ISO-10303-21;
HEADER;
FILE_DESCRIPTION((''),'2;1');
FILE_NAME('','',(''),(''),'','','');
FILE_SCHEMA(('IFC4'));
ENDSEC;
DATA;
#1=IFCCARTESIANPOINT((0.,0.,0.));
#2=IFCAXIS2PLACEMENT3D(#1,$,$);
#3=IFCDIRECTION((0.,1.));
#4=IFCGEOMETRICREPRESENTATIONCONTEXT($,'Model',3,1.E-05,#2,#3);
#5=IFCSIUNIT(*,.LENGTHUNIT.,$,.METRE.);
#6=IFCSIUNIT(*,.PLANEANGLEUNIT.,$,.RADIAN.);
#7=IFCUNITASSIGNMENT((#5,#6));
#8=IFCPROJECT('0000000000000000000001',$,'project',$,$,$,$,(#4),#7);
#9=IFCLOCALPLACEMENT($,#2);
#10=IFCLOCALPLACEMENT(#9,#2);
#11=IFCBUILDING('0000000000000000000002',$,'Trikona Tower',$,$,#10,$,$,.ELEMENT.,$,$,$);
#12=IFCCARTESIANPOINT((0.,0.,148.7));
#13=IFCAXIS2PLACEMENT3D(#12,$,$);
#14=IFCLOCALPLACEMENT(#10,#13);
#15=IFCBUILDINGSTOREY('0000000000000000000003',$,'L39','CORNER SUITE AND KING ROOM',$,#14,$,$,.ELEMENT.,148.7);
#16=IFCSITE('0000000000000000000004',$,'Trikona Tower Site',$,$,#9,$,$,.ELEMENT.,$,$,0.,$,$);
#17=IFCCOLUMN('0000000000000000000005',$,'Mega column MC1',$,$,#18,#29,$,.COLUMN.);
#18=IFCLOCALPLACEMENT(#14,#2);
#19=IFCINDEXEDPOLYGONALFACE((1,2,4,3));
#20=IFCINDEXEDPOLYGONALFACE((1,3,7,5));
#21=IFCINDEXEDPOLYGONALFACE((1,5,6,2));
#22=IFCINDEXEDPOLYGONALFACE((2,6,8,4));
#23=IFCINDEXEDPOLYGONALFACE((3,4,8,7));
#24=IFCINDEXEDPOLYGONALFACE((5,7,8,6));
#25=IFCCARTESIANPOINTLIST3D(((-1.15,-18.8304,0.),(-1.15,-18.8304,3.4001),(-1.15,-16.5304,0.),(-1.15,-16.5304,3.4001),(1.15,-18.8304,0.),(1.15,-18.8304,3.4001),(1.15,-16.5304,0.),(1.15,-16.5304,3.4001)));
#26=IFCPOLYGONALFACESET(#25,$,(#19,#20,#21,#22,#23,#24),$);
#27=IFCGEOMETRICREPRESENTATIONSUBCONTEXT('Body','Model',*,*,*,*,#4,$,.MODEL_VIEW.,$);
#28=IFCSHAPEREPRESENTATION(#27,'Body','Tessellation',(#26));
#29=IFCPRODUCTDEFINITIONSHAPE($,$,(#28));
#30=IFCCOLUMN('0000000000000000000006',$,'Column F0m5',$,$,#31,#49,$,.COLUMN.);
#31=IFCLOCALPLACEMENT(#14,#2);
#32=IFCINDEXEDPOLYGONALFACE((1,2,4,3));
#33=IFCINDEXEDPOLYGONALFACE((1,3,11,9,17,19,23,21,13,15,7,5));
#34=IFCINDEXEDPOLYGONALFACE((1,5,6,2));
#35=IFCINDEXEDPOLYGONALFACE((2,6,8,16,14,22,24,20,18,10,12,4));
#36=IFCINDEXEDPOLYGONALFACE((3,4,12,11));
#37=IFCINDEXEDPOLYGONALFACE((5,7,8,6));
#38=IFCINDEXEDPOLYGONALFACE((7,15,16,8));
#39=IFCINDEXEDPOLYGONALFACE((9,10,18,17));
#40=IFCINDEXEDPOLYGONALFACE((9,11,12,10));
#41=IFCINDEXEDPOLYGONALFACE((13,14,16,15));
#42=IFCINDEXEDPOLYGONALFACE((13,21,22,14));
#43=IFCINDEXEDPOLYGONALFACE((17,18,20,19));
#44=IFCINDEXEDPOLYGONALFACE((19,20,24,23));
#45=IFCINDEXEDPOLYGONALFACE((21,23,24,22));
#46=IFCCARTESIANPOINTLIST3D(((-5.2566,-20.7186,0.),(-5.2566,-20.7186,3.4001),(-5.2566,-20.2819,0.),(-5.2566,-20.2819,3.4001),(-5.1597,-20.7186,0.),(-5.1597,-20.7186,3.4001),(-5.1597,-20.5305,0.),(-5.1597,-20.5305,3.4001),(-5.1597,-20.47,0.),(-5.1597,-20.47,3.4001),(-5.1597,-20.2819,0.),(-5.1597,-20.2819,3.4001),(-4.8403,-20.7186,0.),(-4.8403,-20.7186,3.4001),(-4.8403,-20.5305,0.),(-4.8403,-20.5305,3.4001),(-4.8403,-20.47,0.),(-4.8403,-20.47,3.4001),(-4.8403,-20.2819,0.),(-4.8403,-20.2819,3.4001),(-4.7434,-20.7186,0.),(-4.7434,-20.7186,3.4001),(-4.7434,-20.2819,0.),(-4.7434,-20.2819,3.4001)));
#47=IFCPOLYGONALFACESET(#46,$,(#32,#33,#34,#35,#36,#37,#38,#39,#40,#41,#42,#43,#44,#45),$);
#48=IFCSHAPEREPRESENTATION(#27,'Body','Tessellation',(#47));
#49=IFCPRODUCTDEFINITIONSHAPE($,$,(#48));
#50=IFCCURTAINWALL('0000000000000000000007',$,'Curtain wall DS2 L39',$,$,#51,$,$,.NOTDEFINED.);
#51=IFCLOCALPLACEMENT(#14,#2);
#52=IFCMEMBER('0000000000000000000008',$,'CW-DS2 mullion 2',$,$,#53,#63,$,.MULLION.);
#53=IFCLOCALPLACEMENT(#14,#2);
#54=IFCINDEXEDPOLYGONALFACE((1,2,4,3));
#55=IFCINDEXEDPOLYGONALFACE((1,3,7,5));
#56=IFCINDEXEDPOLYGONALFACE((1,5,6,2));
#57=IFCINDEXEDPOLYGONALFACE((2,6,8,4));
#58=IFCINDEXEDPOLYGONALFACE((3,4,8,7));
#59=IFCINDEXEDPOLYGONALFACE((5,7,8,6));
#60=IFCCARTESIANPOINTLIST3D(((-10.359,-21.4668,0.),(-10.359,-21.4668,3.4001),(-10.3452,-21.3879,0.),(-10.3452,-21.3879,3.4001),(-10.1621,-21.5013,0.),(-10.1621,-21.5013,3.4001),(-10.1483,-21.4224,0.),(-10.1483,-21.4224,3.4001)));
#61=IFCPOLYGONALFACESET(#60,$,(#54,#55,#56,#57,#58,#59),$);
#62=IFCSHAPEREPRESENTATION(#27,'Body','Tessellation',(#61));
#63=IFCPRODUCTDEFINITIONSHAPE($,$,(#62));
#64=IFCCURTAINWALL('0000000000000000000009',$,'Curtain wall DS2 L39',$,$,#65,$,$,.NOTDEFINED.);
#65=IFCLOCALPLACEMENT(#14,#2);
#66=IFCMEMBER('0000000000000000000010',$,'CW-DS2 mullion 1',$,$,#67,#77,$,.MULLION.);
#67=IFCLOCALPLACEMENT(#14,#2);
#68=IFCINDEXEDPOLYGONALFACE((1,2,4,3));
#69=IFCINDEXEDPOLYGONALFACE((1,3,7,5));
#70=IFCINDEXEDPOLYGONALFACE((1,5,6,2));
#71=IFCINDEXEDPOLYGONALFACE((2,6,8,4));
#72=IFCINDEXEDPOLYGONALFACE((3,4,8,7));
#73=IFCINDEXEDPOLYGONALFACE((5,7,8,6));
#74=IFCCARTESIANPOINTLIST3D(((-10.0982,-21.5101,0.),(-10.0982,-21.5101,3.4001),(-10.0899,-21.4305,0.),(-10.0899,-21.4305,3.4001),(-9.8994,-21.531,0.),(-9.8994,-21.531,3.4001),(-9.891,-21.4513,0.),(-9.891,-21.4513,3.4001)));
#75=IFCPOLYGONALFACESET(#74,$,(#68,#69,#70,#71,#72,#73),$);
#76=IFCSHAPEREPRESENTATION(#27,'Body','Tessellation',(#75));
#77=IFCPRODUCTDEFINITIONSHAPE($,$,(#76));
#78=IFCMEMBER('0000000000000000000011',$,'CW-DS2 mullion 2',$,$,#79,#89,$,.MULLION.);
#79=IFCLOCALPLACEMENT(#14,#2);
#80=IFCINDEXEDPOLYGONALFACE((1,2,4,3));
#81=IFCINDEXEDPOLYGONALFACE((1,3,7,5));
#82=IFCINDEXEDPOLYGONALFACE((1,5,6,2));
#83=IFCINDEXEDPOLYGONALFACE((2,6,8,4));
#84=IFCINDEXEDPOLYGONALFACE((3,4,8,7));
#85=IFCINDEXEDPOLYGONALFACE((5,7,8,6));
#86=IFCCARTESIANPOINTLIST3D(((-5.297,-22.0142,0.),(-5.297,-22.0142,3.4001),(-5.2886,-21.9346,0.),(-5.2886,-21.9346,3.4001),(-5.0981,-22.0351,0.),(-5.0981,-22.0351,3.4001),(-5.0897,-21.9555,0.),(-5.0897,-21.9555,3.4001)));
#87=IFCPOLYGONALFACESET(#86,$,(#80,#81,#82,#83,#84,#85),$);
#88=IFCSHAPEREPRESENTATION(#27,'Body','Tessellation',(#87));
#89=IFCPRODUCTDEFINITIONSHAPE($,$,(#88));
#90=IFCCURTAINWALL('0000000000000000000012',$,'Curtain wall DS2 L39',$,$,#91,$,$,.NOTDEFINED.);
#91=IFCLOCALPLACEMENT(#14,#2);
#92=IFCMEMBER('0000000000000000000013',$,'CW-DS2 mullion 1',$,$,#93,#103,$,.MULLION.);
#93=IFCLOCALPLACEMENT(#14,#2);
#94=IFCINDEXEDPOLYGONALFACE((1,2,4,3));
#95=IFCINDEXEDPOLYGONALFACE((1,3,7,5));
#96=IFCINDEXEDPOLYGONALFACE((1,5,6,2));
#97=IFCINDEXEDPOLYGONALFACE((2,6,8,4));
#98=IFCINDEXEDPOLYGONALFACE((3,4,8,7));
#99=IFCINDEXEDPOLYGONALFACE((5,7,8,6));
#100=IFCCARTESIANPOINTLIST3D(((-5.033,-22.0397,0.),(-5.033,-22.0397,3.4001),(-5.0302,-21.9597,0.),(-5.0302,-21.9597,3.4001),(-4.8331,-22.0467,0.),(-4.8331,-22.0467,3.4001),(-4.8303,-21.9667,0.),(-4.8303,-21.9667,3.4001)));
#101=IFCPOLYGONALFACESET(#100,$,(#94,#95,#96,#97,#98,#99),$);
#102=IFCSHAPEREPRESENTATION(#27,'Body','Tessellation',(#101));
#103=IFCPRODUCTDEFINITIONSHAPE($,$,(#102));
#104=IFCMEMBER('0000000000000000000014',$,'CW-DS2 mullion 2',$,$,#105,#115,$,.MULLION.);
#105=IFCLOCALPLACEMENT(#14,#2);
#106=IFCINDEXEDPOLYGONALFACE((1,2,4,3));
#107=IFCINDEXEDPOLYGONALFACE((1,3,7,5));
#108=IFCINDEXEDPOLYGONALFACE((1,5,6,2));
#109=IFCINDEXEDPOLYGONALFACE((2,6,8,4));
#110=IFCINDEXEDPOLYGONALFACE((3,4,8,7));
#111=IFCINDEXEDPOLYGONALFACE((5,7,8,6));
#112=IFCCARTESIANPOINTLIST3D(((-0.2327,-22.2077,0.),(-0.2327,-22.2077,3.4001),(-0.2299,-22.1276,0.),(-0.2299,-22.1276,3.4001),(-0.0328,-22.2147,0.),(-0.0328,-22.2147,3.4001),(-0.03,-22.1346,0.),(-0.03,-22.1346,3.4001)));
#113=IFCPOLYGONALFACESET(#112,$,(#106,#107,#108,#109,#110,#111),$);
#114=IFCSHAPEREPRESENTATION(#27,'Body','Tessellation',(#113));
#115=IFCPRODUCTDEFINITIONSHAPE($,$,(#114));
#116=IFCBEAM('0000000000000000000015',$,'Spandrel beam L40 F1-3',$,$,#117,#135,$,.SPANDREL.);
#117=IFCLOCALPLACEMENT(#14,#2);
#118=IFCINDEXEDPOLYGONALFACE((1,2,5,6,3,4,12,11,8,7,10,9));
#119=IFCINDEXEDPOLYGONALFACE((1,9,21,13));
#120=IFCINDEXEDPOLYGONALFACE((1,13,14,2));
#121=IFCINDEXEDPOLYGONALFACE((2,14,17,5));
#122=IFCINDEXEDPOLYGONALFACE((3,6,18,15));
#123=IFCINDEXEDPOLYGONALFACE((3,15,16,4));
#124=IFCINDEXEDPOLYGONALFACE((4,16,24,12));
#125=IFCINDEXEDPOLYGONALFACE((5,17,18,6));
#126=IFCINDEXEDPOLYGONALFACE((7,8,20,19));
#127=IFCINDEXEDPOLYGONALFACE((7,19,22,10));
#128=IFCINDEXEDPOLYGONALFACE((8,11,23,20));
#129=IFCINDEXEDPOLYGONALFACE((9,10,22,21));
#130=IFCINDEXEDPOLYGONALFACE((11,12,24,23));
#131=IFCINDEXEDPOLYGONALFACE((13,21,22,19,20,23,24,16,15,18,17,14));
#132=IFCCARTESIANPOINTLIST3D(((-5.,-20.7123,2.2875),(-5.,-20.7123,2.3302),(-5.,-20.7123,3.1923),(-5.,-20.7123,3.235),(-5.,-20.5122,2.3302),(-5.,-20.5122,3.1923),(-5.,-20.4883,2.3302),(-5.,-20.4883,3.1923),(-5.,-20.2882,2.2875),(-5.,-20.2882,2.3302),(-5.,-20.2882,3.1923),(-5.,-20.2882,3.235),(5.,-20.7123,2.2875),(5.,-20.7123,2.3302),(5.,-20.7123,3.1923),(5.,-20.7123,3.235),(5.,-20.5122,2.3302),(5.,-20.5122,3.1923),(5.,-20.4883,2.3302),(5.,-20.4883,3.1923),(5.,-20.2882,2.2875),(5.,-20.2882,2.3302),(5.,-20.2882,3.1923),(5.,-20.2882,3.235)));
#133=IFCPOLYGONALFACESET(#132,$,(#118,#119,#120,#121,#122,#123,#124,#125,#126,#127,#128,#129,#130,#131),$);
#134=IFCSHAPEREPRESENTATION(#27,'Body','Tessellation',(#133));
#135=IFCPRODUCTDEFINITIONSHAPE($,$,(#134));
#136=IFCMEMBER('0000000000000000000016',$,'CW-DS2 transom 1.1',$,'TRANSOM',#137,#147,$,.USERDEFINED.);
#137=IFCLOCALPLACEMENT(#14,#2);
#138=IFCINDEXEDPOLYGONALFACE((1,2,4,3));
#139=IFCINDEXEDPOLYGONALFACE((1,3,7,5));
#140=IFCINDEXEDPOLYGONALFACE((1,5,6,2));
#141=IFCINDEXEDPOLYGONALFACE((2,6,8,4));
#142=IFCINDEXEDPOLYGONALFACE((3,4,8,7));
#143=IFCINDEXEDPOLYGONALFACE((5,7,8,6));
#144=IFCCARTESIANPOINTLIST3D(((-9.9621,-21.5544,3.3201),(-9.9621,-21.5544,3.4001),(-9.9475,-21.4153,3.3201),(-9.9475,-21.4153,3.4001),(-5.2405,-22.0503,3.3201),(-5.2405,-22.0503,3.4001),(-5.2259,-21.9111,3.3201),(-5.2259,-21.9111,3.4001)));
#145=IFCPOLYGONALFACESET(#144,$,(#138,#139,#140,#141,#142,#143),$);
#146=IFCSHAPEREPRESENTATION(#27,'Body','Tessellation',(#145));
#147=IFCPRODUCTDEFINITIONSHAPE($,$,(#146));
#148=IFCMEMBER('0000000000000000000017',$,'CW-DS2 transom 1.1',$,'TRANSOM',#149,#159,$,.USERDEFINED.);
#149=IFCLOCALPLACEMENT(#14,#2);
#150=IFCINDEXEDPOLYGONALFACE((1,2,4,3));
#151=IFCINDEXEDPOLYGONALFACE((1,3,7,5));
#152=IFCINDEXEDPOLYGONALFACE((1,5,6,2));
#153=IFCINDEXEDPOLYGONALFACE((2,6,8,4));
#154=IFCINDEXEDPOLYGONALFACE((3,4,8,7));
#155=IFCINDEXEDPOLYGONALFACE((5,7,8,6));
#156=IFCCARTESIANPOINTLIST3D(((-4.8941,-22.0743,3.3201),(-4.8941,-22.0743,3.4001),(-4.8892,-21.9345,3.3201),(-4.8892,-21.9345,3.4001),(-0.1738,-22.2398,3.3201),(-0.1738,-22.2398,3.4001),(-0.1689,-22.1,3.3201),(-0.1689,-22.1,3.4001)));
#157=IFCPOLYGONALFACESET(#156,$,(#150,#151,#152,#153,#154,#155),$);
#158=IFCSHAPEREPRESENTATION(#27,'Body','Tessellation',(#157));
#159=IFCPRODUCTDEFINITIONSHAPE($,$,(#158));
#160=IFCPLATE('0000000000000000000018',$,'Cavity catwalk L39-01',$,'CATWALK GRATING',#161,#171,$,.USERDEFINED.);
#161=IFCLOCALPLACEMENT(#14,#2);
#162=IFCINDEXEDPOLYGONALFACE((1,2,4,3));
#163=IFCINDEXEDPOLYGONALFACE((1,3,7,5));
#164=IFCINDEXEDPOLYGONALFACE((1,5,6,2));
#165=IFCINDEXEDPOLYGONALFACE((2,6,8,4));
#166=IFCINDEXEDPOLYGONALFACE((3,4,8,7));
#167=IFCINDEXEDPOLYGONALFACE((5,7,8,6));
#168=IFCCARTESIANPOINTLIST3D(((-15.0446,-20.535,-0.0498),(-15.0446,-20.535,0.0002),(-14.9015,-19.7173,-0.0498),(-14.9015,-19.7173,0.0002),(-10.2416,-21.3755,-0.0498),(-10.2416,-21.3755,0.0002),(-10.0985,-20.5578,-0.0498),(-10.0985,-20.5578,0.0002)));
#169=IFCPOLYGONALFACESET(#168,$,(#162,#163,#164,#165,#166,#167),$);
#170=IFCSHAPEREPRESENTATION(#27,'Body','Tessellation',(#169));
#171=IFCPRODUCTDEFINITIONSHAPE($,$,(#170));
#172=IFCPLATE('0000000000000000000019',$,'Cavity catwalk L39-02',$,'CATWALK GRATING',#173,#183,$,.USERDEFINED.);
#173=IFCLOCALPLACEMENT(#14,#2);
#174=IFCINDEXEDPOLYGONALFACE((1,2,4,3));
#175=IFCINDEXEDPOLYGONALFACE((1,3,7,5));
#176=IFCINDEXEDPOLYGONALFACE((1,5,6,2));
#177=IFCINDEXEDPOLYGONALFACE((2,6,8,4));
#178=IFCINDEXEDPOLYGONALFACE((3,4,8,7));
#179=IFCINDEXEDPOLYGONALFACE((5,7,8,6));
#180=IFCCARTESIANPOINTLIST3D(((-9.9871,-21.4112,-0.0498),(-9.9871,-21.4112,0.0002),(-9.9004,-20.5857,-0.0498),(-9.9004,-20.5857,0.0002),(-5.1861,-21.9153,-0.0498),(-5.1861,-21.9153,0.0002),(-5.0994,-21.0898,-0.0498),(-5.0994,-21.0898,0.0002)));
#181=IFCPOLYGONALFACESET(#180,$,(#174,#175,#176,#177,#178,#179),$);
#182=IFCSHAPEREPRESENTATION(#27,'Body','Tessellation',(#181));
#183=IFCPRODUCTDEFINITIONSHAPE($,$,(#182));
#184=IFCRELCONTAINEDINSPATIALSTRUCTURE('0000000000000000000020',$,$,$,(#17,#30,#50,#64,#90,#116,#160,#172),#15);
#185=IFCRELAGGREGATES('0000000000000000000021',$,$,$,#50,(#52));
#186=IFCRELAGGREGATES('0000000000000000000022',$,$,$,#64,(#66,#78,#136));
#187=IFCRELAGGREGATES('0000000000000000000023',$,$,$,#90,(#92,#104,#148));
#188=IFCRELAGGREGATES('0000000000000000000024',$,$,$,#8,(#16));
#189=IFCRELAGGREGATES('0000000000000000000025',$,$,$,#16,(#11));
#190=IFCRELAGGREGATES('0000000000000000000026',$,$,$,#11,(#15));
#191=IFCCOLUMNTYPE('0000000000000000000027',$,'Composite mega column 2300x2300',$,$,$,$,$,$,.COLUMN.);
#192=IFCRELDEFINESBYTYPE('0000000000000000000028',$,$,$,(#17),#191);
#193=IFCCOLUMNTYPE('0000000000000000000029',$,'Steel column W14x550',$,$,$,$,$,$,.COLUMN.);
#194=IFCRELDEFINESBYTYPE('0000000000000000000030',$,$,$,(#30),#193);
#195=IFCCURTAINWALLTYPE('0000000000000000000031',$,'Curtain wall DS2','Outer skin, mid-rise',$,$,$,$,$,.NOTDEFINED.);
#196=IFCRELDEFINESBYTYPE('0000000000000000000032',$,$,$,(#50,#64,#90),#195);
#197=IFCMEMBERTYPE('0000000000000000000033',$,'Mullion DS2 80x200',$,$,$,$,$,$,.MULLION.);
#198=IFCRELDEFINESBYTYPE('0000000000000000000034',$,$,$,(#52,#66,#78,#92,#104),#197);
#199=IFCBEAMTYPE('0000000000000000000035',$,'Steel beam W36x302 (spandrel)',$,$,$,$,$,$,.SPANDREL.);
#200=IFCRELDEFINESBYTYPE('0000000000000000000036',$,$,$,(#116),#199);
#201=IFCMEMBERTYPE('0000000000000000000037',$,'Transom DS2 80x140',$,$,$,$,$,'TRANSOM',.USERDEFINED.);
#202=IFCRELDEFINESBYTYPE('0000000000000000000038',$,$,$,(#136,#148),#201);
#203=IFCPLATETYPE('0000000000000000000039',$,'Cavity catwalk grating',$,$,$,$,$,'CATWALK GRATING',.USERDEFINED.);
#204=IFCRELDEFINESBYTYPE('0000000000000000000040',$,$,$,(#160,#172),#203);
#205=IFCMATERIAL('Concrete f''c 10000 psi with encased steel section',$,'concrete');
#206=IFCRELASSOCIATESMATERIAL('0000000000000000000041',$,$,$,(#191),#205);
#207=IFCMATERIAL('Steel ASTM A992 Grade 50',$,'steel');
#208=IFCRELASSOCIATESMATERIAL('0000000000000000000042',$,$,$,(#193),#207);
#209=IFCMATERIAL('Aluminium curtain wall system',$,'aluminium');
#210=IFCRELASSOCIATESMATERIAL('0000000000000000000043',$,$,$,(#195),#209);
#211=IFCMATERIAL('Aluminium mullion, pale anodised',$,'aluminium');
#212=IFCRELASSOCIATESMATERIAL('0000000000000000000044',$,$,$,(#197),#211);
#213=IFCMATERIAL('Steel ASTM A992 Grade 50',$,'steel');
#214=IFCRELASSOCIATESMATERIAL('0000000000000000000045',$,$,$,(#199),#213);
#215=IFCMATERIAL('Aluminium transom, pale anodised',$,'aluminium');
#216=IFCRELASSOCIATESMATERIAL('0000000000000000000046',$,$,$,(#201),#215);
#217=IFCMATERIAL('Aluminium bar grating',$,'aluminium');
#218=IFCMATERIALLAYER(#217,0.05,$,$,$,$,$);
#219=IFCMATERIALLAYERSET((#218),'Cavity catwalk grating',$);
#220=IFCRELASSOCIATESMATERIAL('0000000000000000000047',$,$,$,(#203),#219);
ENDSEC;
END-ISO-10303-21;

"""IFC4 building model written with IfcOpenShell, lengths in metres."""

from ifc_helpers import new_model, si_unit, direction, frame, origin, origin_2d, place, context, subcontext, project, spatial, rectangle, i_section, extrude, material, layer, layer_set, material_profile, profile_set, type_object, element, aggregate, save


model = new_model("IFC4")

# Units and contexts
model_context = context("Model", 3, precision=1e-05, world=origin(), true_north=direction((0.0, 1.0)))
body_context = subcontext(model_context, "Body", "Model", "MODEL_VIEW")
ifc_project = project(units=[si_unit("LENGTHUNIT", "METRE"), si_unit("PLANEANGLEUNIT", "RADIAN")], contexts=[model_context])

# Site, building, storey
site_placement = place(None, origin())
site = spatial("IfcSite", under=ifc_project, at=site_placement, Name="Trikona Tower Site", CompositionType="ELEMENT", RefElevation=0.0)
building_placement = place(site_placement, origin())
building = spatial("IfcBuilding", under=site, at=building_placement, Name="Trikona Tower", CompositionType="ELEMENT")
storey_placement = place(building_placement, frame((0.0, 0.0, 148.7)))
storey = spatial("IfcBuildingStorey", under=building, at=storey_placement, Name="L39", Description="CORNER SUITE AND KING ROOM", CompositionType="ELEMENT", Elevation=148.7)

# Columns
ifc_material_1 = material(Name="Concrete f'c 10000 psi with encased steel section", Category="concrete")
ifc_material_profile_1 = material_profile(ifc_material_1, rectangle(XDim=2.3, YDim=2.3, at=origin_2d()), Name="MC2300")
ifc_profile_set_1 = profile_set([ifc_material_profile_1], Name="Concrete f'c 10000 psi with encased steel section")
column_type_1 = type_object("IfcColumnType", Name="Composite mega column 2300x2300", PredefinedType="COLUMN", material=ifc_profile_set_1)
column_1_placement = place(storey_placement, frame((0.0, -17.6804, 0.0), z_axis=(0.0, 0.0, 1.0), x_axis=(0.0, -1.0, 0.0)))
element("IfcColumn", 1, at=column_1_placement, inside=storey, type_object=column_type_1, Name="Mega column MC1", PredefinedType="COLUMN", context=body_context, shape_type="SweptSolid", body=[
    extrude(rectangle(XDim=2.3, YDim=2.3, at=origin_2d()), origin(), (0.0, 0.0, 1.0), 3.4001),
])
ifc_material_2 = material(Name="Steel ASTM A992 Grade 50", Category="steel")
ifc_material_profile_2 = material_profile(ifc_material_2, i_section(OverallWidth=0.4368, OverallDepth=0.5132, WebThickness=0.0605, FlangeThickness=0.0969, at=origin_2d()), Name="W14X550")
ifc_profile_set_2 = profile_set([ifc_material_profile_2], Name="Steel ASTM A992 Grade 50")
column_type_2 = type_object("IfcColumnType", Name="Steel column W14x550", PredefinedType="COLUMN", material=ifc_profile_set_2)
column_2_placement = place(storey_placement, frame((-5.0, -20.5002, 0.0), z_axis=(0.0, 0.0, 1.0), x_axis=(0.0, -1.0, 0.0)))
element("IfcColumn", 2, at=column_2_placement, inside=storey, type_object=column_type_2, Name="Column F0m5", PredefinedType="COLUMN", context=body_context, shape_type="SweptSolid", body=[
    extrude(i_section(OverallWidth=0.4368, OverallDepth=0.5132, WebThickness=0.0605, FlangeThickness=0.0969, at=origin_2d()), origin(), (0.0, 0.0, 1.0), 3.4001),
])

# Curtain wall, member
ifc_material_3 = material(Name="Aluminium curtain wall system", Category="aluminium")
curtain_wall_type = type_object("IfcCurtainWallType", Name="Curtain wall DS2", Description="Outer skin, mid-rise", PredefinedType="NOTDEFINED", material=ifc_material_3)
curtain_wall_1_placement = place(storey_placement, origin())
curtain_wall_1 = element("IfcCurtainWall", 3, at=curtain_wall_1_placement, inside=storey, type_object=curtain_wall_type, Name="Curtain wall DS2 L39", PredefinedType="NOTDEFINED")
ifc_material_4 = material(Name="Aluminium mullion, pale anodised", Category="aluminium")
ifc_material_profile_3 = material_profile(ifc_material_4, rectangle(XDim=0.0801, YDim=0.2, at=origin_2d()), Name="MUL-DS2")
ifc_profile_set_3 = profile_set([ifc_material_profile_3], Name="Aluminium mullion, pale anodised")
member_type_1 = type_object("IfcMemberType", Name="Mullion DS2 80x200", PredefinedType="MULLION", material=ifc_profile_set_3)
member_1_placement = place(storey_placement, frame((-10.2537, -21.4446, 0.0), z_axis=(0.0, 0.0, 1.0), x_axis=(0.172377, 0.985031, 0.0)))
member_1 = element("IfcMember", 4, at=member_1_placement, type_object=member_type_1, Name="CW-DS2 mullion 2", PredefinedType="MULLION", context=body_context, shape_type="SweptSolid", body=[
    extrude(rectangle(XDim=0.0801, YDim=0.2, at=origin_2d()), origin(), (0.0, 0.0, 1.0), 3.4001),
])

# Curtain walls, members
curtain_wall_2_placement = place(storey_placement, origin())
curtain_wall_2 = element("IfcCurtainWall", 5, at=curtain_wall_2_placement, inside=storey, type_object=curtain_wall_type, Name="Curtain wall DS2 L39", PredefinedType="NOTDEFINED")
member_2_placement = place(storey_placement, frame((-9.9946, -21.4807, 0.0), z_axis=(0.0, 0.0, 1.0), x_axis=(0.104433, 0.994532, 0.0)))
member_2 = element("IfcMember", 6, at=member_2_placement, type_object=member_type_1, Name="CW-DS2 mullion 1", PredefinedType="MULLION", context=body_context, shape_type="SweptSolid", body=[
    extrude(rectangle(XDim=0.0801, YDim=0.2, at=origin_2d()), origin(), (0.0, 0.0, 1.0), 3.4001),
])
member_3_placement = place(storey_placement, frame((-5.1934, -21.9849, 0.0), z_axis=(0.0, 0.0, 1.0), x_axis=(0.104433, 0.994532, 0.0)))
member_3 = element("IfcMember", 7, at=member_3_placement, type_object=member_type_1, Name="CW-DS2 mullion 2", PredefinedType="MULLION", context=body_context, shape_type="SweptSolid", body=[
    extrude(rectangle(XDim=0.0801, YDim=0.2, at=origin_2d()), origin(), (0.0, 0.0, 1.0), 3.4001),
])
curtain_wall_3_placement = place(storey_placement, origin())
curtain_wall_3 = element("IfcCurtainWall", 8, at=curtain_wall_3_placement, inside=storey, type_object=curtain_wall_type, Name="Curtain wall DS2 L39", PredefinedType="NOTDEFINED")
member_4_placement = place(storey_placement, frame((-4.9316, -22.0032, 0.0), z_axis=(0.0, 0.0, 1.0), x_axis=(0.034998, 0.999387, 0.0)))
member_4 = element("IfcMember", 9, at=member_4_placement, type_object=member_type_1, Name="CW-DS2 mullion 1", PredefinedType="MULLION", context=body_context, shape_type="SweptSolid", body=[
    extrude(rectangle(XDim=0.0801, YDim=0.2, at=origin_2d()), origin(), (0.0, 0.0, 1.0), 3.4001),
])
member_5_placement = place(storey_placement, frame((-0.1313, -22.1711, 0.0), z_axis=(0.0, 0.0, 1.0), x_axis=(0.034998, 0.999387, 0.0)))
member_5 = element("IfcMember", 10, at=member_5_placement, type_object=member_type_1, Name="CW-DS2 mullion 2", PredefinedType="MULLION", context=body_context, shape_type="SweptSolid", body=[
    extrude(rectangle(XDim=0.0801, YDim=0.2, at=origin_2d()), origin(), (0.0, 0.0, 1.0), 3.4001),
])

# Beam
ifc_material_5 = material(Name="Steel ASTM A992 Grade 50", Category="steel")
ifc_material_profile_4 = material_profile(ifc_material_5, i_section(OverallWidth=0.4241, OverallDepth=0.9475, WebThickness=0.0239, FlangeThickness=0.0427, at=origin_2d()), Name="W36X302")
ifc_profile_set_4 = profile_set([ifc_material_profile_4], Name="Steel ASTM A992 Grade 50")
beam_type = type_object("IfcBeamType", Name="Steel beam W36x302 (spandrel)", PredefinedType="SPANDREL", material=ifc_profile_set_4)
beam_placement = place(storey_placement, frame((-5.0, -20.5002, 2.7612), z_axis=(1.0, 0.0, 0.0), x_axis=(0.0, 1.0, 0.0)))
element("IfcBeam", 11, at=beam_placement, inside=storey, type_object=beam_type, Name="Spandrel beam L40 F1-3", PredefinedType="SPANDREL", context=body_context, shape_type="SweptSolid", body=[
    extrude(i_section(OverallWidth=0.4241, OverallDepth=0.9475, WebThickness=0.0239, FlangeThickness=0.0427, at=origin_2d()), origin(), (0.0, 0.0, 1.0), 10.0),
])

# Members
ifc_material_6 = material(Name="Aluminium transom, pale anodised", Category="aluminium")
ifc_material_profile_5 = material_profile(ifc_material_6, rectangle(XDim=0.1399, YDim=0.0801, at=origin_2d()), Name="TRN-DS2")
ifc_profile_set_5 = profile_set([ifc_material_profile_5], Name="Aluminium transom, pale anodised")
member_type_2 = type_object("IfcMemberType", Name="Transom DS2 80x140", ElementType="TRANSOM", PredefinedType="USERDEFINED", material=ifc_profile_set_5)
member_6_placement = place(storey_placement, frame((-9.9548, -21.4849, 3.3601), z_axis=(0.994531, -0.104441, 0.0), x_axis=(0.104441, 0.994531, 0.0)))
member_6 = element("IfcMember", 12, at=member_6_placement, type_object=member_type_2, Name="CW-DS2 transom 1.1", ObjectType="TRANSOM", PredefinedType="USERDEFINED", context=body_context, shape_type="SweptSolid", body=[
    extrude(rectangle(XDim=0.1399, YDim=0.0801, at=origin_2d()), origin(), (0.0, 0.0, 1.0), 4.7476),
])
member_7_placement = place(storey_placement, frame((-4.8916, -22.0044, 3.3601), z_axis=(0.999386, -0.035046, 0.0), x_axis=(0.035046, 0.999386, 0.0)))
member_7 = element("IfcMember", 13, at=member_7_placement, type_object=member_type_2, Name="CW-DS2 transom 1.1", ObjectType="TRANSOM", PredefinedType="USERDEFINED", context=body_context, shape_type="SweptSolid", body=[
    extrude(rectangle(XDim=0.1399, YDim=0.0801, at=origin_2d()), origin(), (0.0, 0.0, 1.0), 4.7231),
])

# Plates
ifc_material_7 = material(Name="Aluminium bar grating", Category="aluminium")
ifc_layer_1 = layer(ifc_material_7, 0.05)
ifc_layer_set_1 = layer_set([ifc_layer_1], Name="Cavity catwalk grating")
plate_type_1 = type_object("IfcPlateType", Name="Cavity catwalk grating", ElementType="CATWALK GRATING", PredefinedType="USERDEFINED", material=ifc_layer_set_1)
plate_1_placement = place(storey_placement, frame((-12.5715, -20.5464, -0.0498), z_axis=(0.0, 0.0, 1.0), x_axis=(0.985031, -0.17238, 0.0)))
element("IfcPlate", 14, at=plate_1_placement, inside=storey, type_object=plate_type_1, Name="Cavity catwalk L39-01", ObjectType="CATWALK GRATING", PredefinedType="USERDEFINED", context=body_context, shape_type="SweptSolid", body=[
    extrude(rectangle(XDim=4.876, YDim=0.8301, at=origin_2d()), origin(), (0.0, 0.0, 1.0), 0.05),
])
plate_2_placement = place(storey_placement, frame((-7.5432, -21.2505, -0.0498), z_axis=(0.0, 0.0, 1.0), x_axis=(0.994533, -0.104426, 0.0)))
element("IfcPlate", 15, at=plate_2_placement, inside=storey, type_object=plate_type_1, Name="Cavity catwalk L39-02", ObjectType="CATWALK GRATING", PredefinedType="USERDEFINED", context=body_context, shape_type="SweptSolid", body=[
    extrude(rectangle(XDim=4.8274, YDim=0.8301, at=origin_2d()), origin(), (0.0, 0.0, 1.0), 0.05),
])

aggregate(curtain_wall_1, [member_1])
aggregate(curtain_wall_2, [member_2, member_3, member_6])
aggregate(curtain_wall_3, [member_4, member_5, member_7])

save(model, "model.ifc")
